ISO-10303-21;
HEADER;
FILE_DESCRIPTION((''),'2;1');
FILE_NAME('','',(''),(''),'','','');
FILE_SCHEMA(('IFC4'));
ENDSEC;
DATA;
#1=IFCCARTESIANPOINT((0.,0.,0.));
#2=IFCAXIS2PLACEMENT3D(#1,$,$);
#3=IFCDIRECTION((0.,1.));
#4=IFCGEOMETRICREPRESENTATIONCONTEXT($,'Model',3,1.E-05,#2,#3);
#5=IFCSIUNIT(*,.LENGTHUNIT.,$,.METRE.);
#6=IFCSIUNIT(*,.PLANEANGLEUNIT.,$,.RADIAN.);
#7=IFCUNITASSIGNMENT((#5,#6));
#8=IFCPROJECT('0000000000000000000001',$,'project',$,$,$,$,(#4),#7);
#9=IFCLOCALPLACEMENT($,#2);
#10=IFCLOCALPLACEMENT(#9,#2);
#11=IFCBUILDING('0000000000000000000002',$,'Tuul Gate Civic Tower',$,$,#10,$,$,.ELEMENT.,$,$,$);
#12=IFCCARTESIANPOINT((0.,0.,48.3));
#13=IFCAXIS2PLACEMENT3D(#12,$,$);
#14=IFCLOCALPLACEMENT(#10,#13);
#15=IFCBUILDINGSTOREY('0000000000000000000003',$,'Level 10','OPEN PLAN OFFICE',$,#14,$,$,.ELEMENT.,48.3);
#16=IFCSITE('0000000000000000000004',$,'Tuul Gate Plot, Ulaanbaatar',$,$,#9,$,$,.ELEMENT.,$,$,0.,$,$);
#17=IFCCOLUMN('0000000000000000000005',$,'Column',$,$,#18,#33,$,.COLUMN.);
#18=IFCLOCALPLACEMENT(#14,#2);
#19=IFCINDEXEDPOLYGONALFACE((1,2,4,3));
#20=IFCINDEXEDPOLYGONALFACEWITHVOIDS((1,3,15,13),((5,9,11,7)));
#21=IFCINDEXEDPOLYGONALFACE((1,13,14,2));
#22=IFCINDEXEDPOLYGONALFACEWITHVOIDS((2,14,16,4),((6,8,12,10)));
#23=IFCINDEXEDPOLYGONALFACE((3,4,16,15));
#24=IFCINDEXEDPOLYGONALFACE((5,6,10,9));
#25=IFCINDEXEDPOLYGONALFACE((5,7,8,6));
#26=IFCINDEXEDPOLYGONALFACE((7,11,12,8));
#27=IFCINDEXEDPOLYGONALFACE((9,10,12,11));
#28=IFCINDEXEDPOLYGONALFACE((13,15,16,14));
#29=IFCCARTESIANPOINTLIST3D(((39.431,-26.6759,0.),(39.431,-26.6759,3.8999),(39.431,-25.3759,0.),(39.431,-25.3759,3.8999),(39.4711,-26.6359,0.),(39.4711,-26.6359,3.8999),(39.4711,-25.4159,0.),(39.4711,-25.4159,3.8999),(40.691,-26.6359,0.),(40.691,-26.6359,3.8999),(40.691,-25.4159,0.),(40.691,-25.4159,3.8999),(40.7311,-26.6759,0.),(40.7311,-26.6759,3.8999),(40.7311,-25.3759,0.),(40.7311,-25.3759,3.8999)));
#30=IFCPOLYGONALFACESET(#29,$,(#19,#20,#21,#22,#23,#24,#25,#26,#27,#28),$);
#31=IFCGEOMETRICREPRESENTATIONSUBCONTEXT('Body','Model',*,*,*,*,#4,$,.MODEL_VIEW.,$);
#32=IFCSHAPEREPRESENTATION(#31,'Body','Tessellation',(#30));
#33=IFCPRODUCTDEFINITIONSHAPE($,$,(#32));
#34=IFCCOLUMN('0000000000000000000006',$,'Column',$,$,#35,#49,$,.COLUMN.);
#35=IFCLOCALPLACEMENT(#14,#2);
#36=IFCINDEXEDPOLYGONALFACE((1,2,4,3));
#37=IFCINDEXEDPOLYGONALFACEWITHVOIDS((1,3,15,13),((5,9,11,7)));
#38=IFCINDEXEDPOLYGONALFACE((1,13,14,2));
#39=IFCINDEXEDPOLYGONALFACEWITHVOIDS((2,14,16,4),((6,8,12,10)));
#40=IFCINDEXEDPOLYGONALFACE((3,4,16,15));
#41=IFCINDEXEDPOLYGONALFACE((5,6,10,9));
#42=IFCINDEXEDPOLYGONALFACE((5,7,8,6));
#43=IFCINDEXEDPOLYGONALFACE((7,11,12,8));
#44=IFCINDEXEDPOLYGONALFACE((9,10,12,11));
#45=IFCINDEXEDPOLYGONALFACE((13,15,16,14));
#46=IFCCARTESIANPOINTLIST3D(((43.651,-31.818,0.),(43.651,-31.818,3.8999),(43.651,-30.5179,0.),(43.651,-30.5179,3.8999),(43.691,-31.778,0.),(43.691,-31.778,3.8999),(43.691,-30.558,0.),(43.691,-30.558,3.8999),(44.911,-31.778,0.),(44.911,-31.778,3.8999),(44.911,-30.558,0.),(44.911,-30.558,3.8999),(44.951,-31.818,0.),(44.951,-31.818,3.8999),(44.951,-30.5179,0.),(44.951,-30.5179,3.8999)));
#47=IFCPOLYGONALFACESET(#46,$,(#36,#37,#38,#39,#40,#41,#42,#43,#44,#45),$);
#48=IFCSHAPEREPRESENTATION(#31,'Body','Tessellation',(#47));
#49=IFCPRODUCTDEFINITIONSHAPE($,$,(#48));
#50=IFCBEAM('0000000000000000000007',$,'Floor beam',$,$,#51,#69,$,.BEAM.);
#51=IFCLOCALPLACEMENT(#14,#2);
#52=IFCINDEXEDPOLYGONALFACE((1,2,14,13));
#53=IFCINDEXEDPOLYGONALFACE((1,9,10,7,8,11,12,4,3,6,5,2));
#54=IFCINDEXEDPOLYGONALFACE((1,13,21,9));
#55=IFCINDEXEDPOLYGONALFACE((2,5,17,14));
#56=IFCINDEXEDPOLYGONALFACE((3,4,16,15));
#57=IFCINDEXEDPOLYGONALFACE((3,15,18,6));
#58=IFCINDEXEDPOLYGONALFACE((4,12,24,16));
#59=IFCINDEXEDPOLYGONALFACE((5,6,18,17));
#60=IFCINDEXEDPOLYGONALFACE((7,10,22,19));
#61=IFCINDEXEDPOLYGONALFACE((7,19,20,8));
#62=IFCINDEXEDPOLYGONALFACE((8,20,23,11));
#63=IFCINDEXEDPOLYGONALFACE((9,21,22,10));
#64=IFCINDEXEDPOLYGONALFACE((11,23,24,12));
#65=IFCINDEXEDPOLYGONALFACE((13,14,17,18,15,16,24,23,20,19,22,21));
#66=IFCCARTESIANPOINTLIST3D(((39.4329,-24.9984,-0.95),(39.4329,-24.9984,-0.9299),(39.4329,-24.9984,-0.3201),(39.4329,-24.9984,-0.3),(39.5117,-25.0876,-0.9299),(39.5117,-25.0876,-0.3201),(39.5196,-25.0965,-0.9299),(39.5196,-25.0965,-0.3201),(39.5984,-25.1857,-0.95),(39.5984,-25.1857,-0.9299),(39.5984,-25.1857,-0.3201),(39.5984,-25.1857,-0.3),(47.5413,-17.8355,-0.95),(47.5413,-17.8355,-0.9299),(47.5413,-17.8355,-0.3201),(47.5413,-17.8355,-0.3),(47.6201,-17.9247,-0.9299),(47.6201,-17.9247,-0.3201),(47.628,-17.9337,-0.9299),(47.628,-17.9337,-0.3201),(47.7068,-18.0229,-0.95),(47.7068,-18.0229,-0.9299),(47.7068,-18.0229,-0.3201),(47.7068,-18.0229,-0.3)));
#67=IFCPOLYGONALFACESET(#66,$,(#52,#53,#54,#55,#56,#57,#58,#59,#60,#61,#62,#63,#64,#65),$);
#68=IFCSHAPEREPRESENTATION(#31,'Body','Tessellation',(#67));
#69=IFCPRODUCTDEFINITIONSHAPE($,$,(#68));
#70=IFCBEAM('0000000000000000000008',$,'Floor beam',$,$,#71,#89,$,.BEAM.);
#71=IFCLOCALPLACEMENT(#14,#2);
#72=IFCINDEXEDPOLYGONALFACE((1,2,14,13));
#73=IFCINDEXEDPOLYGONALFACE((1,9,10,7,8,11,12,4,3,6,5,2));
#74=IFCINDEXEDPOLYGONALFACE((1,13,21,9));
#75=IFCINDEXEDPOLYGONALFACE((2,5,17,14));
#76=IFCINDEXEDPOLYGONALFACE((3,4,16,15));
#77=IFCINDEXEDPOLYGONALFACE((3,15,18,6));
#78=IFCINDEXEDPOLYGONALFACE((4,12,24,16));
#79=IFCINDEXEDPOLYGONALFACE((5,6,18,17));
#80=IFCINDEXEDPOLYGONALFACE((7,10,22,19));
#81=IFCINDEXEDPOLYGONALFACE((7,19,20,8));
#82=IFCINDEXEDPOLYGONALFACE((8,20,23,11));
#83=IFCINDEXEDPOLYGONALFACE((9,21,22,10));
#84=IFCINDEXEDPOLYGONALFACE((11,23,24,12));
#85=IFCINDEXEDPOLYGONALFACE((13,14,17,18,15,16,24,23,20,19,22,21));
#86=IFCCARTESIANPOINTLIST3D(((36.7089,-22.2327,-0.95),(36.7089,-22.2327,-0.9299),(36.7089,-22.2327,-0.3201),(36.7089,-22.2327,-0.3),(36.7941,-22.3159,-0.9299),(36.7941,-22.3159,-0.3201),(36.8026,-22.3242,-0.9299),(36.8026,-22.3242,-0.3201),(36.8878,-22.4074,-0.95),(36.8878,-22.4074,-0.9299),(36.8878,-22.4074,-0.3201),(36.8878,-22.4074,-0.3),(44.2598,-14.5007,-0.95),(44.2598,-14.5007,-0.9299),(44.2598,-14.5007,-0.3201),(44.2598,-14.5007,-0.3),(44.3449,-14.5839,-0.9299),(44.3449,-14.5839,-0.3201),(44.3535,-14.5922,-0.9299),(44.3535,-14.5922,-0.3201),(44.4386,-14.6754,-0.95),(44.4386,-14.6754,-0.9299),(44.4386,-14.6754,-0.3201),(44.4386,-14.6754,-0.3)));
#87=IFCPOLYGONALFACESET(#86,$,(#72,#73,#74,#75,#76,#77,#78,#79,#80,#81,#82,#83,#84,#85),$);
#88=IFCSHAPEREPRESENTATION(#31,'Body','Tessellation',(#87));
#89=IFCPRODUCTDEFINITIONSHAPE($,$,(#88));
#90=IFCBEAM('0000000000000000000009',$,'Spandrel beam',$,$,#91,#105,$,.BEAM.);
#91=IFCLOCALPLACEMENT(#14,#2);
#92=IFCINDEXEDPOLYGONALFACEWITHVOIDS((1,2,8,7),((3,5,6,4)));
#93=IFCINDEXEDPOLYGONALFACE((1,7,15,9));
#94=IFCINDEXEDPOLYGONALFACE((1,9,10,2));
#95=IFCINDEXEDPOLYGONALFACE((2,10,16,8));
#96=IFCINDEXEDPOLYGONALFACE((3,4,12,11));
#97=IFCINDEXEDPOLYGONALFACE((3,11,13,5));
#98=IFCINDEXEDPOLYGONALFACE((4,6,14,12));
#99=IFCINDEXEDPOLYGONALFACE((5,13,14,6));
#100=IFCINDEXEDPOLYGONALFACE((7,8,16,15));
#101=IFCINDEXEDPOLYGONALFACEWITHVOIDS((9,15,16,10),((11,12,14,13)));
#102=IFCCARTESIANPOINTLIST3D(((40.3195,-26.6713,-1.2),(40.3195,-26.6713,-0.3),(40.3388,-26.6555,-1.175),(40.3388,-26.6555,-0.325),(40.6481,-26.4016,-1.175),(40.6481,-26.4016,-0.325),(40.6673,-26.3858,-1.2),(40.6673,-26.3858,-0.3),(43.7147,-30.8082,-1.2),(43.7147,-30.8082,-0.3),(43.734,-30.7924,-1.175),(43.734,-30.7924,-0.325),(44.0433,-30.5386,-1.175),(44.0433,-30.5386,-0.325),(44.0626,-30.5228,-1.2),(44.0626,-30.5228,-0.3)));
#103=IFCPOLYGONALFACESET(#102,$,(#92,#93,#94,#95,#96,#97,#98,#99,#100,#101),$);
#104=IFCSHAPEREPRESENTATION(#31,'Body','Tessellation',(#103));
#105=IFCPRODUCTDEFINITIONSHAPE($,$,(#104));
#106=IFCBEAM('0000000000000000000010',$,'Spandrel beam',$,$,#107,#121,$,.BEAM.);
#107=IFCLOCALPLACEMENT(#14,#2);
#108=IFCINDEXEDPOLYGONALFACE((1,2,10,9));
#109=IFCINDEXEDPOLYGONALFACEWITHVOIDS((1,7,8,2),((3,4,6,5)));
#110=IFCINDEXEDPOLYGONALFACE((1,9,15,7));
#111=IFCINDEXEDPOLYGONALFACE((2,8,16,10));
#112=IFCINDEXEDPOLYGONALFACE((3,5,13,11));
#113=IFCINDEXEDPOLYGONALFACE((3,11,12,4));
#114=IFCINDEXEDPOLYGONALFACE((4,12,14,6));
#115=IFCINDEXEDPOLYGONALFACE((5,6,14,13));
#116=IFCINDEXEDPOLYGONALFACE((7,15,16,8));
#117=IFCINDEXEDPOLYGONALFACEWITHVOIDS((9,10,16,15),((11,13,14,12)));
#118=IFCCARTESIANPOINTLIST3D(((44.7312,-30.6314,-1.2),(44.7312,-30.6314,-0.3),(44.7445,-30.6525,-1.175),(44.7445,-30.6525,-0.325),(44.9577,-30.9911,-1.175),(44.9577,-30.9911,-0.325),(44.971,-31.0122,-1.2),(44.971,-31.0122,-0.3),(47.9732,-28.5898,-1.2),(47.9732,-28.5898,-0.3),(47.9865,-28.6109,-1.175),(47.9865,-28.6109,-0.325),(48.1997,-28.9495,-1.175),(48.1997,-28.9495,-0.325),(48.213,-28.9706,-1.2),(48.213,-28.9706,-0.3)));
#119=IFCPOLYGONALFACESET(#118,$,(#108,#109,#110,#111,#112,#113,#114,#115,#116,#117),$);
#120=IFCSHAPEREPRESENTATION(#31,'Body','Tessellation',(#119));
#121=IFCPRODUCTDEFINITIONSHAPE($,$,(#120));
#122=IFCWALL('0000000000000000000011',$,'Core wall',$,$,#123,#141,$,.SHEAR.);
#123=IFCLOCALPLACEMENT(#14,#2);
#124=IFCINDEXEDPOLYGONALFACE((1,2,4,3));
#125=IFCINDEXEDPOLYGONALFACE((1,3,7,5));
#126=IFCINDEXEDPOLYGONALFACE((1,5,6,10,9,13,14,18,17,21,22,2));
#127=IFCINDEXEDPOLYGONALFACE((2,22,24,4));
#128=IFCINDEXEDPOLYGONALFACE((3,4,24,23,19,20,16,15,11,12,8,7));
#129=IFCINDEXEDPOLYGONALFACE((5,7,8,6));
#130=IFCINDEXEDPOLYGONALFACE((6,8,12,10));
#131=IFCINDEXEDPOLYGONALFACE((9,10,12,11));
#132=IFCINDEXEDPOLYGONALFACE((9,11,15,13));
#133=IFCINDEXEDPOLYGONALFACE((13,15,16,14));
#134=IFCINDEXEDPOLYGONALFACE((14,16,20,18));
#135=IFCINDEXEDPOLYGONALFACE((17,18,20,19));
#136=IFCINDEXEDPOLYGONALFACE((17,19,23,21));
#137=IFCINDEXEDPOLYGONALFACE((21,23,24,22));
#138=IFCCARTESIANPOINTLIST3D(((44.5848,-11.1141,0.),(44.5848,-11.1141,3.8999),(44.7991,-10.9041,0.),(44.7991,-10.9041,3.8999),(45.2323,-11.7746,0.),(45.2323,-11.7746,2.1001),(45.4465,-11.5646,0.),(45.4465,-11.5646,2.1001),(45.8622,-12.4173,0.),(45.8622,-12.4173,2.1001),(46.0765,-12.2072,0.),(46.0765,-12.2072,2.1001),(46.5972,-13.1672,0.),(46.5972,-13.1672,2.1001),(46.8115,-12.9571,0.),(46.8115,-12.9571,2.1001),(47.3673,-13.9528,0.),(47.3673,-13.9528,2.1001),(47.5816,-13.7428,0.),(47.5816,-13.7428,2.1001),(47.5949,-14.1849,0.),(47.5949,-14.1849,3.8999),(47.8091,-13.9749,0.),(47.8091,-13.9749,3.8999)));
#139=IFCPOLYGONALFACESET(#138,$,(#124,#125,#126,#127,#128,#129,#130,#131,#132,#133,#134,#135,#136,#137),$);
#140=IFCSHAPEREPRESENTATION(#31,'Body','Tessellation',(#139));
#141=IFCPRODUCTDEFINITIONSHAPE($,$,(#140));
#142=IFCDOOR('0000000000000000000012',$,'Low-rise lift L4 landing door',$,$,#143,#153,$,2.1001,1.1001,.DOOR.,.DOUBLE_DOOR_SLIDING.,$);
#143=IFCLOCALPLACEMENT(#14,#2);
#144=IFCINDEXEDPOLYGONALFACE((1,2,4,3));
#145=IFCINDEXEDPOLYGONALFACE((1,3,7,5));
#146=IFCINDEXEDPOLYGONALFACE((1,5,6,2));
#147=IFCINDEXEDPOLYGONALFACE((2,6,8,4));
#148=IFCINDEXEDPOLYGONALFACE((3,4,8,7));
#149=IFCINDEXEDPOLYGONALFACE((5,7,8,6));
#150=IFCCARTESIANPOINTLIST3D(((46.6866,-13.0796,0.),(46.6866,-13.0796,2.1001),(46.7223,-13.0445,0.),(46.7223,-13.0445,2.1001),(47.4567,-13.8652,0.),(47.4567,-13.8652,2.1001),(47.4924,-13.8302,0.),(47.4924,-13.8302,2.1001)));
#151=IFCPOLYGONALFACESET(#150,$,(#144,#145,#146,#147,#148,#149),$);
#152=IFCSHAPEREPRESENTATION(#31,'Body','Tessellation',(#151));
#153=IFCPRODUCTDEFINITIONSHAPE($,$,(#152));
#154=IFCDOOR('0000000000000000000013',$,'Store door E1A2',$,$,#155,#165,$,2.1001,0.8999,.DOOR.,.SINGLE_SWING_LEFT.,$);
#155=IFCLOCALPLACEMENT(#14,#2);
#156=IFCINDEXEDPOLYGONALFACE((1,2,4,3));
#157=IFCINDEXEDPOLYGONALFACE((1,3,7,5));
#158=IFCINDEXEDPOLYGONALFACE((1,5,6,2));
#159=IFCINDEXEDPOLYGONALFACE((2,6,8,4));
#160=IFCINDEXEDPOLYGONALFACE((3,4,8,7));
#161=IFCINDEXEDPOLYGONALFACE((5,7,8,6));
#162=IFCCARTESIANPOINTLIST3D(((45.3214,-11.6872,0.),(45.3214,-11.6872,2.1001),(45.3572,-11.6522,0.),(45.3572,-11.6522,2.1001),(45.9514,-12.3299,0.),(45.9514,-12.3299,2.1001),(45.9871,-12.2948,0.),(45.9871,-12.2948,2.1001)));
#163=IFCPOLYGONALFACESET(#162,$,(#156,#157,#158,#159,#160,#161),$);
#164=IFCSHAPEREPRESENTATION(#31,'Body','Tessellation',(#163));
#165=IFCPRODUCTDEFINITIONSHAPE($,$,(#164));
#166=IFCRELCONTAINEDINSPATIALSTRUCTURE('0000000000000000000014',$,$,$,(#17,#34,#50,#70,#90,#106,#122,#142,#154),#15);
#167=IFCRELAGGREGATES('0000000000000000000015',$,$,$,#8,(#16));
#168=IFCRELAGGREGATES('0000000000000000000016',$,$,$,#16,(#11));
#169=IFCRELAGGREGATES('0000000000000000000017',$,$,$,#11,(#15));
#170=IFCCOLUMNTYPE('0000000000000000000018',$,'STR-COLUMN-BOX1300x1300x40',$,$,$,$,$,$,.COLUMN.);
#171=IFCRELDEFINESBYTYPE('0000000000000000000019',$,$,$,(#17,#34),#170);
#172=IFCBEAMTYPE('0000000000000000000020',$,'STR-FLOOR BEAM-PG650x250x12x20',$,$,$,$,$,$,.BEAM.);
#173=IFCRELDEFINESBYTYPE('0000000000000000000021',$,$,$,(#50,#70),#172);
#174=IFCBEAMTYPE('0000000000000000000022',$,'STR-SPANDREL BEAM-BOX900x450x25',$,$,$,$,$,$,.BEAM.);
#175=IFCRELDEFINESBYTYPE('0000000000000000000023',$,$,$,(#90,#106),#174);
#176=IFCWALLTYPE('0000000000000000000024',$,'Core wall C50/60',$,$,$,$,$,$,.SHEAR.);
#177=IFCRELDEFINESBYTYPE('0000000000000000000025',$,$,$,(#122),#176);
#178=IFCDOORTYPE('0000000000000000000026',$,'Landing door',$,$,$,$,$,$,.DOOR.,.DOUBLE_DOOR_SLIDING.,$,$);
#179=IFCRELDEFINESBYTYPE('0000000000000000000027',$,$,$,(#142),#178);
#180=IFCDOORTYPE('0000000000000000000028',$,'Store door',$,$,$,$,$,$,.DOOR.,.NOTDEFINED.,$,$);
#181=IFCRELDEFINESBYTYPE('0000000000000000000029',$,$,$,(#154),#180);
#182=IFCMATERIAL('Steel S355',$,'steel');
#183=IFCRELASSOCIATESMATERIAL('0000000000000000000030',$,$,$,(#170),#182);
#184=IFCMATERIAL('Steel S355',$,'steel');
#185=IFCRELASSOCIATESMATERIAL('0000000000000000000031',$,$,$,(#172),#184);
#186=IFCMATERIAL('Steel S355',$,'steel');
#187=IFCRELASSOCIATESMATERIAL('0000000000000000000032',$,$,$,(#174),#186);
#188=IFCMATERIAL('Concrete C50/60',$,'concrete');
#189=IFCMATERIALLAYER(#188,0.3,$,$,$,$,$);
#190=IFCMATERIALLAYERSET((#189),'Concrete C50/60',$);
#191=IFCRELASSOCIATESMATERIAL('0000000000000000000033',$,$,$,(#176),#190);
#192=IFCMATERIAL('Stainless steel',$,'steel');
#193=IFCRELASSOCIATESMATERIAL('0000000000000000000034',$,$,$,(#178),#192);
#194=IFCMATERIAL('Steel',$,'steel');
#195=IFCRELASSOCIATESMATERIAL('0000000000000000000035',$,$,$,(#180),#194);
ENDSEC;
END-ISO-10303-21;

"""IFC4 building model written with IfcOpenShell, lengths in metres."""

from ifc_helpers import new_model, si_unit, direction, frame, frame_2d, origin, origin_2d, place, context, subcontext, project, spatial, rectangle, hollow_rectangle, i_section, extrude, material, layer, layer_set, material_profile, profile_set, type_object, element, fill, save


model = new_model("IFC4")

# Units and contexts
model_context = context("Model", 3, precision=1e-05, world=origin(), true_north=direction((0.0, 1.0)))
body_context = subcontext(model_context, "Body", "Model", "MODEL_VIEW")
ifc_project = project(units=[si_unit("LENGTHUNIT", "METRE"), si_unit("PLANEANGLEUNIT", "RADIAN")], contexts=[model_context])

# Site, building, storey
site_placement = place(None, origin())
site = spatial("IfcSite", under=ifc_project, at=site_placement, Name="Tuul Gate Plot, Ulaanbaatar", CompositionType="ELEMENT", RefElevation=0.0)
building_placement = place(site_placement, origin())
building = spatial("IfcBuilding", under=site, at=building_placement, Name="Tuul Gate Civic Tower", CompositionType="ELEMENT")
storey_placement = place(building_placement, frame((0.0, 0.0, 48.3)))
storey = spatial("IfcBuildingStorey", under=building, at=storey_placement, Name="Level 10", Description="OPEN PLAN OFFICE", CompositionType="ELEMENT", Elevation=48.3)

# Columns
ifc_material_1 = material(Name="Steel S355", Category="steel")
ifc_material_profile_1 = material_profile(ifc_material_1, hollow_rectangle(XDim=1.3, YDim=1.3, WallThickness=0.04, at=origin_2d()), Name="BOX1300x1300x40")
ifc_profile_set_1 = profile_set([ifc_material_profile_1], Name="Steel S355")
column_type = type_object("IfcColumnType", Name="STR-COLUMN-BOX1300x1300x40", PredefinedType="COLUMN", material=ifc_profile_set_1)
for number, where, z_axis, x_axis, name in (
    (1, (40.0811, -26.0259, 0.0), (0.0, 0.0, 1.0), (1.0, 0.0, 0.0), "Column"),
    (2, (44.301, -31.168, 0.0), (0.0, 0.0, 1.0), (1.0, 0.0, 0.0), "Column"),
):
    element("IfcColumn", number, at=place(storey_placement, frame(where, z_axis=z_axis, x_axis=x_axis)), inside=storey, type_object=column_type, Name=name, PredefinedType="COLUMN", context=body_context, shape_type="SweptSolid", body=[
        extrude(hollow_rectangle(XDim=1.3, YDim=1.3, WallThickness=0.04, at=origin_2d()), origin(), (0.0, 0.0, 1.0), 3.8999),
    ])

# Beams
ifc_material_2 = material(Name="Steel S355", Category="steel")
ifc_material_profile_2 = material_profile(ifc_material_2, i_section(OverallWidth=0.25, OverallDepth=0.6499, WebThickness=0.012, FlangeThickness=0.02, at=origin_2d()), Name="PG650x250x12x20")
ifc_profile_set_2 = profile_set([ifc_material_profile_2], Name="Steel S355")
beam_type_1 = type_object("IfcBeamType", Name="STR-FLOOR BEAM-PG650x250x12x20", PredefinedType="BEAM", material=ifc_profile_set_2)
beam_1_placement = place(storey_placement, frame((39.5156, -25.092, -0.625), z_axis=(0.749454, 0.662057, 0.0), x_axis=(-0.662057, 0.749454, 0.0)))
element("IfcBeam", 3, at=beam_1_placement, inside=storey, type_object=beam_type_1, Name="Floor beam", PredefinedType="BEAM", context=body_context, shape_type="SweptSolid", body=[
    extrude(i_section(OverallWidth=0.25, OverallDepth=0.6499, WebThickness=0.012, FlangeThickness=0.02, at=origin_2d()), origin(), (0.0, 0.0, 1.0), 10.8191),
])
beam_2_placement = place(storey_placement, frame((36.7983, -22.3201, -0.625), z_axis=(0.698676, 0.715438, 0.0), x_axis=(-0.715438, 0.698676, 0.0)))
element("IfcBeam", 4, at=beam_2_placement, inside=storey, type_object=beam_type_1, Name="Floor beam", PredefinedType="BEAM", context=body_context, shape_type="SweptSolid", body=[
    extrude(i_section(OverallWidth=0.25, OverallDepth=0.6499, WebThickness=0.012, FlangeThickness=0.02, at=origin_2d()), origin(), (0.0, 0.0, 1.0), 10.8074),
])
ifc_material_3 = material(Name="Steel S355", Category="steel")
ifc_material_profile_3 = material_profile(ifc_material_3, hollow_rectangle(XDim=0.45, YDim=0.8999, WallThickness=0.0249, at=origin_2d()), Name="BOX900x450x25")
ifc_profile_set_3 = profile_set([ifc_material_profile_3], Name="Steel S355")
beam_type_2 = type_object("IfcBeamType", Name="STR-SPANDREL BEAM-BOX900x450x25", PredefinedType="BEAM", material=ifc_profile_set_3)
beam_3_placement = place(storey_placement, frame((40.4934, -26.5286, -0.75), z_axis=(0.63441, -0.772997, 0.0), x_axis=(0.772997, 0.63441, 0.0)))
element("IfcBeam", 5, at=beam_3_placement, inside=storey, type_object=beam_type_2, Name="Spandrel beam", PredefinedType="BEAM", context=body_context, shape_type="SweptSolid", body=[
    extrude(hollow_rectangle(XDim=0.45, YDim=0.8999, WallThickness=0.0249, at=origin_2d()), origin(), (0.0, 0.0, 1.0), 5.3518),
])
beam_4_placement = place(storey_placement, frame((44.8511, -30.8218, -0.75), z_axis=(0.8462, 0.532866, 0.0), x_axis=(-0.532866, 0.8462, 0.0)))
element("IfcBeam", 6, at=beam_4_placement, inside=storey, type_object=beam_type_2, Name="Spandrel beam", PredefinedType="BEAM", context=body_context, shape_type="SweptSolid", body=[
    extrude(hollow_rectangle(XDim=0.45, YDim=0.8999, WallThickness=0.0249, at=origin_2d()), origin(), (0.0, 0.0, 1.0), 3.8313),
])

# Wall, openings, doors
ifc_material_4 = material(Name="Concrete C50/60", Category="concrete")
ifc_layer_1 = layer(ifc_material_4, 0.3)
ifc_layer_set_1 = layer_set([ifc_layer_1], Name="Concrete C50/60")
wall_type_1 = type_object("IfcWallType", Name="Core wall C50/60", PredefinedType="SHEAR", material=ifc_layer_set_1)
wall_1_placement = place(storey_placement, frame((47.7019, -14.0798, 0.0), z_axis=(0.0, 0.0, 1.0), x_axis=(-0.700003, 0.71414, 0.0)))
wall_1 = element("IfcWall", 7, at=wall_1_placement, inside=storey, type_object=wall_type_1, Name="Core wall", PredefinedType="SHEAR", context=body_context, shape_type="SweptSolid", body=[
    extrude(rectangle(XDim=4.3, YDim=0.3, at=frame_2d((2.1499, 0.0))), origin(), (0.0, 0.0, 1.0), 3.8999),
])
opening_1_placement = place(wall_1_placement, frame((0.325, 0.0, 0.0)))
opening_1 = element("IfcOpeningElement", 8, at=opening_1_placement, cuts=wall_1, PredefinedType="OPENING", context=body_context, shape_type="SweptSolid", body=[
    extrude(rectangle(XDim=1.1001, YDim=2.1001, at=frame_2d((0.55, 1.05))), frame((0.0, 0.1602, 0.0), z_axis=(0.0, -1.0, 0.0), x_axis=(1.0, 0.0, 0.0)), (0.0, 0.0, 1.0), 0.3201),
])
opening_2_placement = place(wall_1_placement, frame((2.4751, 0.0, 0.0)))
opening_2 = element("IfcOpeningElement", 9, at=opening_2_placement, cuts=wall_1, PredefinedType="OPENING", context=body_context, shape_type="SweptSolid", body=[
    extrude(rectangle(XDim=0.8999, YDim=2.1001, at=frame_2d((0.45, 1.05))), frame((0.0, 0.1602, 0.0), z_axis=(0.0, -1.0, 0.0), x_axis=(1.0, 0.0, 0.0)), (0.0, 0.0, 1.0), 0.3201),
])
ifc_material_5 = material(Name="Stainless steel", Category="steel")
door_type_1 = type_object("IfcDoorType", Name="Landing door", OperationType="DOUBLE_DOOR_SLIDING", PredefinedType="DOOR", material=ifc_material_5)
door_1_placement = place(opening_1_placement, origin())
door_1 = element("IfcDoor", 10, at=door_1_placement, inside=storey, type_object=door_type_1, Name="Low-rise lift L4 landing door", OperationType="DOUBLE_DOOR_SLIDING", OverallHeight=2.1001, OverallWidth=1.1001, PredefinedType="DOOR", context=body_context, shape_type="SweptSolid", body=[
    extrude(rectangle(XDim=1.1001, YDim=2.1001, at=frame_2d((0.55, 1.05))), frame((0.0, 0.0249, 0.0), z_axis=(0.0, -1.0, 0.0), x_axis=(1.0, 0.0, 0.0)), (0.0, 0.0, 1.0), 0.05),
])
fill(opening_1, door_1)
ifc_material_6 = material(Name="Steel", Category="steel")
door_type_2 = type_object("IfcDoorType", Name="Store door", OperationType="NOTDEFINED", PredefinedType="DOOR", material=ifc_material_6)
door_2_placement = place(opening_2_placement, frame((0.8999, 0.0, 0.0), z_axis=(0.0, 0.0, 1.0), x_axis=(-1.0, 0.0, 0.0)))
door_2 = element("IfcDoor", 11, at=door_2_placement, inside=storey, type_object=door_type_2, Name="Store door E1A2", OperationType="SINGLE_SWING_LEFT", OverallHeight=2.1001, OverallWidth=0.8999, PredefinedType="DOOR", context=body_context, shape_type="SweptSolid", body=[
    extrude(rectangle(XDim=0.8999, YDim=2.1001, at=frame_2d((0.45, 1.05))), frame((0.0, 0.0249, 0.0), z_axis=(0.0, -1.0, 0.0), x_axis=(1.0, 0.0, 0.0)), (0.0, 0.0, 1.0), 0.05),
])
fill(opening_2, door_2)

save(model, "model.ifc")
